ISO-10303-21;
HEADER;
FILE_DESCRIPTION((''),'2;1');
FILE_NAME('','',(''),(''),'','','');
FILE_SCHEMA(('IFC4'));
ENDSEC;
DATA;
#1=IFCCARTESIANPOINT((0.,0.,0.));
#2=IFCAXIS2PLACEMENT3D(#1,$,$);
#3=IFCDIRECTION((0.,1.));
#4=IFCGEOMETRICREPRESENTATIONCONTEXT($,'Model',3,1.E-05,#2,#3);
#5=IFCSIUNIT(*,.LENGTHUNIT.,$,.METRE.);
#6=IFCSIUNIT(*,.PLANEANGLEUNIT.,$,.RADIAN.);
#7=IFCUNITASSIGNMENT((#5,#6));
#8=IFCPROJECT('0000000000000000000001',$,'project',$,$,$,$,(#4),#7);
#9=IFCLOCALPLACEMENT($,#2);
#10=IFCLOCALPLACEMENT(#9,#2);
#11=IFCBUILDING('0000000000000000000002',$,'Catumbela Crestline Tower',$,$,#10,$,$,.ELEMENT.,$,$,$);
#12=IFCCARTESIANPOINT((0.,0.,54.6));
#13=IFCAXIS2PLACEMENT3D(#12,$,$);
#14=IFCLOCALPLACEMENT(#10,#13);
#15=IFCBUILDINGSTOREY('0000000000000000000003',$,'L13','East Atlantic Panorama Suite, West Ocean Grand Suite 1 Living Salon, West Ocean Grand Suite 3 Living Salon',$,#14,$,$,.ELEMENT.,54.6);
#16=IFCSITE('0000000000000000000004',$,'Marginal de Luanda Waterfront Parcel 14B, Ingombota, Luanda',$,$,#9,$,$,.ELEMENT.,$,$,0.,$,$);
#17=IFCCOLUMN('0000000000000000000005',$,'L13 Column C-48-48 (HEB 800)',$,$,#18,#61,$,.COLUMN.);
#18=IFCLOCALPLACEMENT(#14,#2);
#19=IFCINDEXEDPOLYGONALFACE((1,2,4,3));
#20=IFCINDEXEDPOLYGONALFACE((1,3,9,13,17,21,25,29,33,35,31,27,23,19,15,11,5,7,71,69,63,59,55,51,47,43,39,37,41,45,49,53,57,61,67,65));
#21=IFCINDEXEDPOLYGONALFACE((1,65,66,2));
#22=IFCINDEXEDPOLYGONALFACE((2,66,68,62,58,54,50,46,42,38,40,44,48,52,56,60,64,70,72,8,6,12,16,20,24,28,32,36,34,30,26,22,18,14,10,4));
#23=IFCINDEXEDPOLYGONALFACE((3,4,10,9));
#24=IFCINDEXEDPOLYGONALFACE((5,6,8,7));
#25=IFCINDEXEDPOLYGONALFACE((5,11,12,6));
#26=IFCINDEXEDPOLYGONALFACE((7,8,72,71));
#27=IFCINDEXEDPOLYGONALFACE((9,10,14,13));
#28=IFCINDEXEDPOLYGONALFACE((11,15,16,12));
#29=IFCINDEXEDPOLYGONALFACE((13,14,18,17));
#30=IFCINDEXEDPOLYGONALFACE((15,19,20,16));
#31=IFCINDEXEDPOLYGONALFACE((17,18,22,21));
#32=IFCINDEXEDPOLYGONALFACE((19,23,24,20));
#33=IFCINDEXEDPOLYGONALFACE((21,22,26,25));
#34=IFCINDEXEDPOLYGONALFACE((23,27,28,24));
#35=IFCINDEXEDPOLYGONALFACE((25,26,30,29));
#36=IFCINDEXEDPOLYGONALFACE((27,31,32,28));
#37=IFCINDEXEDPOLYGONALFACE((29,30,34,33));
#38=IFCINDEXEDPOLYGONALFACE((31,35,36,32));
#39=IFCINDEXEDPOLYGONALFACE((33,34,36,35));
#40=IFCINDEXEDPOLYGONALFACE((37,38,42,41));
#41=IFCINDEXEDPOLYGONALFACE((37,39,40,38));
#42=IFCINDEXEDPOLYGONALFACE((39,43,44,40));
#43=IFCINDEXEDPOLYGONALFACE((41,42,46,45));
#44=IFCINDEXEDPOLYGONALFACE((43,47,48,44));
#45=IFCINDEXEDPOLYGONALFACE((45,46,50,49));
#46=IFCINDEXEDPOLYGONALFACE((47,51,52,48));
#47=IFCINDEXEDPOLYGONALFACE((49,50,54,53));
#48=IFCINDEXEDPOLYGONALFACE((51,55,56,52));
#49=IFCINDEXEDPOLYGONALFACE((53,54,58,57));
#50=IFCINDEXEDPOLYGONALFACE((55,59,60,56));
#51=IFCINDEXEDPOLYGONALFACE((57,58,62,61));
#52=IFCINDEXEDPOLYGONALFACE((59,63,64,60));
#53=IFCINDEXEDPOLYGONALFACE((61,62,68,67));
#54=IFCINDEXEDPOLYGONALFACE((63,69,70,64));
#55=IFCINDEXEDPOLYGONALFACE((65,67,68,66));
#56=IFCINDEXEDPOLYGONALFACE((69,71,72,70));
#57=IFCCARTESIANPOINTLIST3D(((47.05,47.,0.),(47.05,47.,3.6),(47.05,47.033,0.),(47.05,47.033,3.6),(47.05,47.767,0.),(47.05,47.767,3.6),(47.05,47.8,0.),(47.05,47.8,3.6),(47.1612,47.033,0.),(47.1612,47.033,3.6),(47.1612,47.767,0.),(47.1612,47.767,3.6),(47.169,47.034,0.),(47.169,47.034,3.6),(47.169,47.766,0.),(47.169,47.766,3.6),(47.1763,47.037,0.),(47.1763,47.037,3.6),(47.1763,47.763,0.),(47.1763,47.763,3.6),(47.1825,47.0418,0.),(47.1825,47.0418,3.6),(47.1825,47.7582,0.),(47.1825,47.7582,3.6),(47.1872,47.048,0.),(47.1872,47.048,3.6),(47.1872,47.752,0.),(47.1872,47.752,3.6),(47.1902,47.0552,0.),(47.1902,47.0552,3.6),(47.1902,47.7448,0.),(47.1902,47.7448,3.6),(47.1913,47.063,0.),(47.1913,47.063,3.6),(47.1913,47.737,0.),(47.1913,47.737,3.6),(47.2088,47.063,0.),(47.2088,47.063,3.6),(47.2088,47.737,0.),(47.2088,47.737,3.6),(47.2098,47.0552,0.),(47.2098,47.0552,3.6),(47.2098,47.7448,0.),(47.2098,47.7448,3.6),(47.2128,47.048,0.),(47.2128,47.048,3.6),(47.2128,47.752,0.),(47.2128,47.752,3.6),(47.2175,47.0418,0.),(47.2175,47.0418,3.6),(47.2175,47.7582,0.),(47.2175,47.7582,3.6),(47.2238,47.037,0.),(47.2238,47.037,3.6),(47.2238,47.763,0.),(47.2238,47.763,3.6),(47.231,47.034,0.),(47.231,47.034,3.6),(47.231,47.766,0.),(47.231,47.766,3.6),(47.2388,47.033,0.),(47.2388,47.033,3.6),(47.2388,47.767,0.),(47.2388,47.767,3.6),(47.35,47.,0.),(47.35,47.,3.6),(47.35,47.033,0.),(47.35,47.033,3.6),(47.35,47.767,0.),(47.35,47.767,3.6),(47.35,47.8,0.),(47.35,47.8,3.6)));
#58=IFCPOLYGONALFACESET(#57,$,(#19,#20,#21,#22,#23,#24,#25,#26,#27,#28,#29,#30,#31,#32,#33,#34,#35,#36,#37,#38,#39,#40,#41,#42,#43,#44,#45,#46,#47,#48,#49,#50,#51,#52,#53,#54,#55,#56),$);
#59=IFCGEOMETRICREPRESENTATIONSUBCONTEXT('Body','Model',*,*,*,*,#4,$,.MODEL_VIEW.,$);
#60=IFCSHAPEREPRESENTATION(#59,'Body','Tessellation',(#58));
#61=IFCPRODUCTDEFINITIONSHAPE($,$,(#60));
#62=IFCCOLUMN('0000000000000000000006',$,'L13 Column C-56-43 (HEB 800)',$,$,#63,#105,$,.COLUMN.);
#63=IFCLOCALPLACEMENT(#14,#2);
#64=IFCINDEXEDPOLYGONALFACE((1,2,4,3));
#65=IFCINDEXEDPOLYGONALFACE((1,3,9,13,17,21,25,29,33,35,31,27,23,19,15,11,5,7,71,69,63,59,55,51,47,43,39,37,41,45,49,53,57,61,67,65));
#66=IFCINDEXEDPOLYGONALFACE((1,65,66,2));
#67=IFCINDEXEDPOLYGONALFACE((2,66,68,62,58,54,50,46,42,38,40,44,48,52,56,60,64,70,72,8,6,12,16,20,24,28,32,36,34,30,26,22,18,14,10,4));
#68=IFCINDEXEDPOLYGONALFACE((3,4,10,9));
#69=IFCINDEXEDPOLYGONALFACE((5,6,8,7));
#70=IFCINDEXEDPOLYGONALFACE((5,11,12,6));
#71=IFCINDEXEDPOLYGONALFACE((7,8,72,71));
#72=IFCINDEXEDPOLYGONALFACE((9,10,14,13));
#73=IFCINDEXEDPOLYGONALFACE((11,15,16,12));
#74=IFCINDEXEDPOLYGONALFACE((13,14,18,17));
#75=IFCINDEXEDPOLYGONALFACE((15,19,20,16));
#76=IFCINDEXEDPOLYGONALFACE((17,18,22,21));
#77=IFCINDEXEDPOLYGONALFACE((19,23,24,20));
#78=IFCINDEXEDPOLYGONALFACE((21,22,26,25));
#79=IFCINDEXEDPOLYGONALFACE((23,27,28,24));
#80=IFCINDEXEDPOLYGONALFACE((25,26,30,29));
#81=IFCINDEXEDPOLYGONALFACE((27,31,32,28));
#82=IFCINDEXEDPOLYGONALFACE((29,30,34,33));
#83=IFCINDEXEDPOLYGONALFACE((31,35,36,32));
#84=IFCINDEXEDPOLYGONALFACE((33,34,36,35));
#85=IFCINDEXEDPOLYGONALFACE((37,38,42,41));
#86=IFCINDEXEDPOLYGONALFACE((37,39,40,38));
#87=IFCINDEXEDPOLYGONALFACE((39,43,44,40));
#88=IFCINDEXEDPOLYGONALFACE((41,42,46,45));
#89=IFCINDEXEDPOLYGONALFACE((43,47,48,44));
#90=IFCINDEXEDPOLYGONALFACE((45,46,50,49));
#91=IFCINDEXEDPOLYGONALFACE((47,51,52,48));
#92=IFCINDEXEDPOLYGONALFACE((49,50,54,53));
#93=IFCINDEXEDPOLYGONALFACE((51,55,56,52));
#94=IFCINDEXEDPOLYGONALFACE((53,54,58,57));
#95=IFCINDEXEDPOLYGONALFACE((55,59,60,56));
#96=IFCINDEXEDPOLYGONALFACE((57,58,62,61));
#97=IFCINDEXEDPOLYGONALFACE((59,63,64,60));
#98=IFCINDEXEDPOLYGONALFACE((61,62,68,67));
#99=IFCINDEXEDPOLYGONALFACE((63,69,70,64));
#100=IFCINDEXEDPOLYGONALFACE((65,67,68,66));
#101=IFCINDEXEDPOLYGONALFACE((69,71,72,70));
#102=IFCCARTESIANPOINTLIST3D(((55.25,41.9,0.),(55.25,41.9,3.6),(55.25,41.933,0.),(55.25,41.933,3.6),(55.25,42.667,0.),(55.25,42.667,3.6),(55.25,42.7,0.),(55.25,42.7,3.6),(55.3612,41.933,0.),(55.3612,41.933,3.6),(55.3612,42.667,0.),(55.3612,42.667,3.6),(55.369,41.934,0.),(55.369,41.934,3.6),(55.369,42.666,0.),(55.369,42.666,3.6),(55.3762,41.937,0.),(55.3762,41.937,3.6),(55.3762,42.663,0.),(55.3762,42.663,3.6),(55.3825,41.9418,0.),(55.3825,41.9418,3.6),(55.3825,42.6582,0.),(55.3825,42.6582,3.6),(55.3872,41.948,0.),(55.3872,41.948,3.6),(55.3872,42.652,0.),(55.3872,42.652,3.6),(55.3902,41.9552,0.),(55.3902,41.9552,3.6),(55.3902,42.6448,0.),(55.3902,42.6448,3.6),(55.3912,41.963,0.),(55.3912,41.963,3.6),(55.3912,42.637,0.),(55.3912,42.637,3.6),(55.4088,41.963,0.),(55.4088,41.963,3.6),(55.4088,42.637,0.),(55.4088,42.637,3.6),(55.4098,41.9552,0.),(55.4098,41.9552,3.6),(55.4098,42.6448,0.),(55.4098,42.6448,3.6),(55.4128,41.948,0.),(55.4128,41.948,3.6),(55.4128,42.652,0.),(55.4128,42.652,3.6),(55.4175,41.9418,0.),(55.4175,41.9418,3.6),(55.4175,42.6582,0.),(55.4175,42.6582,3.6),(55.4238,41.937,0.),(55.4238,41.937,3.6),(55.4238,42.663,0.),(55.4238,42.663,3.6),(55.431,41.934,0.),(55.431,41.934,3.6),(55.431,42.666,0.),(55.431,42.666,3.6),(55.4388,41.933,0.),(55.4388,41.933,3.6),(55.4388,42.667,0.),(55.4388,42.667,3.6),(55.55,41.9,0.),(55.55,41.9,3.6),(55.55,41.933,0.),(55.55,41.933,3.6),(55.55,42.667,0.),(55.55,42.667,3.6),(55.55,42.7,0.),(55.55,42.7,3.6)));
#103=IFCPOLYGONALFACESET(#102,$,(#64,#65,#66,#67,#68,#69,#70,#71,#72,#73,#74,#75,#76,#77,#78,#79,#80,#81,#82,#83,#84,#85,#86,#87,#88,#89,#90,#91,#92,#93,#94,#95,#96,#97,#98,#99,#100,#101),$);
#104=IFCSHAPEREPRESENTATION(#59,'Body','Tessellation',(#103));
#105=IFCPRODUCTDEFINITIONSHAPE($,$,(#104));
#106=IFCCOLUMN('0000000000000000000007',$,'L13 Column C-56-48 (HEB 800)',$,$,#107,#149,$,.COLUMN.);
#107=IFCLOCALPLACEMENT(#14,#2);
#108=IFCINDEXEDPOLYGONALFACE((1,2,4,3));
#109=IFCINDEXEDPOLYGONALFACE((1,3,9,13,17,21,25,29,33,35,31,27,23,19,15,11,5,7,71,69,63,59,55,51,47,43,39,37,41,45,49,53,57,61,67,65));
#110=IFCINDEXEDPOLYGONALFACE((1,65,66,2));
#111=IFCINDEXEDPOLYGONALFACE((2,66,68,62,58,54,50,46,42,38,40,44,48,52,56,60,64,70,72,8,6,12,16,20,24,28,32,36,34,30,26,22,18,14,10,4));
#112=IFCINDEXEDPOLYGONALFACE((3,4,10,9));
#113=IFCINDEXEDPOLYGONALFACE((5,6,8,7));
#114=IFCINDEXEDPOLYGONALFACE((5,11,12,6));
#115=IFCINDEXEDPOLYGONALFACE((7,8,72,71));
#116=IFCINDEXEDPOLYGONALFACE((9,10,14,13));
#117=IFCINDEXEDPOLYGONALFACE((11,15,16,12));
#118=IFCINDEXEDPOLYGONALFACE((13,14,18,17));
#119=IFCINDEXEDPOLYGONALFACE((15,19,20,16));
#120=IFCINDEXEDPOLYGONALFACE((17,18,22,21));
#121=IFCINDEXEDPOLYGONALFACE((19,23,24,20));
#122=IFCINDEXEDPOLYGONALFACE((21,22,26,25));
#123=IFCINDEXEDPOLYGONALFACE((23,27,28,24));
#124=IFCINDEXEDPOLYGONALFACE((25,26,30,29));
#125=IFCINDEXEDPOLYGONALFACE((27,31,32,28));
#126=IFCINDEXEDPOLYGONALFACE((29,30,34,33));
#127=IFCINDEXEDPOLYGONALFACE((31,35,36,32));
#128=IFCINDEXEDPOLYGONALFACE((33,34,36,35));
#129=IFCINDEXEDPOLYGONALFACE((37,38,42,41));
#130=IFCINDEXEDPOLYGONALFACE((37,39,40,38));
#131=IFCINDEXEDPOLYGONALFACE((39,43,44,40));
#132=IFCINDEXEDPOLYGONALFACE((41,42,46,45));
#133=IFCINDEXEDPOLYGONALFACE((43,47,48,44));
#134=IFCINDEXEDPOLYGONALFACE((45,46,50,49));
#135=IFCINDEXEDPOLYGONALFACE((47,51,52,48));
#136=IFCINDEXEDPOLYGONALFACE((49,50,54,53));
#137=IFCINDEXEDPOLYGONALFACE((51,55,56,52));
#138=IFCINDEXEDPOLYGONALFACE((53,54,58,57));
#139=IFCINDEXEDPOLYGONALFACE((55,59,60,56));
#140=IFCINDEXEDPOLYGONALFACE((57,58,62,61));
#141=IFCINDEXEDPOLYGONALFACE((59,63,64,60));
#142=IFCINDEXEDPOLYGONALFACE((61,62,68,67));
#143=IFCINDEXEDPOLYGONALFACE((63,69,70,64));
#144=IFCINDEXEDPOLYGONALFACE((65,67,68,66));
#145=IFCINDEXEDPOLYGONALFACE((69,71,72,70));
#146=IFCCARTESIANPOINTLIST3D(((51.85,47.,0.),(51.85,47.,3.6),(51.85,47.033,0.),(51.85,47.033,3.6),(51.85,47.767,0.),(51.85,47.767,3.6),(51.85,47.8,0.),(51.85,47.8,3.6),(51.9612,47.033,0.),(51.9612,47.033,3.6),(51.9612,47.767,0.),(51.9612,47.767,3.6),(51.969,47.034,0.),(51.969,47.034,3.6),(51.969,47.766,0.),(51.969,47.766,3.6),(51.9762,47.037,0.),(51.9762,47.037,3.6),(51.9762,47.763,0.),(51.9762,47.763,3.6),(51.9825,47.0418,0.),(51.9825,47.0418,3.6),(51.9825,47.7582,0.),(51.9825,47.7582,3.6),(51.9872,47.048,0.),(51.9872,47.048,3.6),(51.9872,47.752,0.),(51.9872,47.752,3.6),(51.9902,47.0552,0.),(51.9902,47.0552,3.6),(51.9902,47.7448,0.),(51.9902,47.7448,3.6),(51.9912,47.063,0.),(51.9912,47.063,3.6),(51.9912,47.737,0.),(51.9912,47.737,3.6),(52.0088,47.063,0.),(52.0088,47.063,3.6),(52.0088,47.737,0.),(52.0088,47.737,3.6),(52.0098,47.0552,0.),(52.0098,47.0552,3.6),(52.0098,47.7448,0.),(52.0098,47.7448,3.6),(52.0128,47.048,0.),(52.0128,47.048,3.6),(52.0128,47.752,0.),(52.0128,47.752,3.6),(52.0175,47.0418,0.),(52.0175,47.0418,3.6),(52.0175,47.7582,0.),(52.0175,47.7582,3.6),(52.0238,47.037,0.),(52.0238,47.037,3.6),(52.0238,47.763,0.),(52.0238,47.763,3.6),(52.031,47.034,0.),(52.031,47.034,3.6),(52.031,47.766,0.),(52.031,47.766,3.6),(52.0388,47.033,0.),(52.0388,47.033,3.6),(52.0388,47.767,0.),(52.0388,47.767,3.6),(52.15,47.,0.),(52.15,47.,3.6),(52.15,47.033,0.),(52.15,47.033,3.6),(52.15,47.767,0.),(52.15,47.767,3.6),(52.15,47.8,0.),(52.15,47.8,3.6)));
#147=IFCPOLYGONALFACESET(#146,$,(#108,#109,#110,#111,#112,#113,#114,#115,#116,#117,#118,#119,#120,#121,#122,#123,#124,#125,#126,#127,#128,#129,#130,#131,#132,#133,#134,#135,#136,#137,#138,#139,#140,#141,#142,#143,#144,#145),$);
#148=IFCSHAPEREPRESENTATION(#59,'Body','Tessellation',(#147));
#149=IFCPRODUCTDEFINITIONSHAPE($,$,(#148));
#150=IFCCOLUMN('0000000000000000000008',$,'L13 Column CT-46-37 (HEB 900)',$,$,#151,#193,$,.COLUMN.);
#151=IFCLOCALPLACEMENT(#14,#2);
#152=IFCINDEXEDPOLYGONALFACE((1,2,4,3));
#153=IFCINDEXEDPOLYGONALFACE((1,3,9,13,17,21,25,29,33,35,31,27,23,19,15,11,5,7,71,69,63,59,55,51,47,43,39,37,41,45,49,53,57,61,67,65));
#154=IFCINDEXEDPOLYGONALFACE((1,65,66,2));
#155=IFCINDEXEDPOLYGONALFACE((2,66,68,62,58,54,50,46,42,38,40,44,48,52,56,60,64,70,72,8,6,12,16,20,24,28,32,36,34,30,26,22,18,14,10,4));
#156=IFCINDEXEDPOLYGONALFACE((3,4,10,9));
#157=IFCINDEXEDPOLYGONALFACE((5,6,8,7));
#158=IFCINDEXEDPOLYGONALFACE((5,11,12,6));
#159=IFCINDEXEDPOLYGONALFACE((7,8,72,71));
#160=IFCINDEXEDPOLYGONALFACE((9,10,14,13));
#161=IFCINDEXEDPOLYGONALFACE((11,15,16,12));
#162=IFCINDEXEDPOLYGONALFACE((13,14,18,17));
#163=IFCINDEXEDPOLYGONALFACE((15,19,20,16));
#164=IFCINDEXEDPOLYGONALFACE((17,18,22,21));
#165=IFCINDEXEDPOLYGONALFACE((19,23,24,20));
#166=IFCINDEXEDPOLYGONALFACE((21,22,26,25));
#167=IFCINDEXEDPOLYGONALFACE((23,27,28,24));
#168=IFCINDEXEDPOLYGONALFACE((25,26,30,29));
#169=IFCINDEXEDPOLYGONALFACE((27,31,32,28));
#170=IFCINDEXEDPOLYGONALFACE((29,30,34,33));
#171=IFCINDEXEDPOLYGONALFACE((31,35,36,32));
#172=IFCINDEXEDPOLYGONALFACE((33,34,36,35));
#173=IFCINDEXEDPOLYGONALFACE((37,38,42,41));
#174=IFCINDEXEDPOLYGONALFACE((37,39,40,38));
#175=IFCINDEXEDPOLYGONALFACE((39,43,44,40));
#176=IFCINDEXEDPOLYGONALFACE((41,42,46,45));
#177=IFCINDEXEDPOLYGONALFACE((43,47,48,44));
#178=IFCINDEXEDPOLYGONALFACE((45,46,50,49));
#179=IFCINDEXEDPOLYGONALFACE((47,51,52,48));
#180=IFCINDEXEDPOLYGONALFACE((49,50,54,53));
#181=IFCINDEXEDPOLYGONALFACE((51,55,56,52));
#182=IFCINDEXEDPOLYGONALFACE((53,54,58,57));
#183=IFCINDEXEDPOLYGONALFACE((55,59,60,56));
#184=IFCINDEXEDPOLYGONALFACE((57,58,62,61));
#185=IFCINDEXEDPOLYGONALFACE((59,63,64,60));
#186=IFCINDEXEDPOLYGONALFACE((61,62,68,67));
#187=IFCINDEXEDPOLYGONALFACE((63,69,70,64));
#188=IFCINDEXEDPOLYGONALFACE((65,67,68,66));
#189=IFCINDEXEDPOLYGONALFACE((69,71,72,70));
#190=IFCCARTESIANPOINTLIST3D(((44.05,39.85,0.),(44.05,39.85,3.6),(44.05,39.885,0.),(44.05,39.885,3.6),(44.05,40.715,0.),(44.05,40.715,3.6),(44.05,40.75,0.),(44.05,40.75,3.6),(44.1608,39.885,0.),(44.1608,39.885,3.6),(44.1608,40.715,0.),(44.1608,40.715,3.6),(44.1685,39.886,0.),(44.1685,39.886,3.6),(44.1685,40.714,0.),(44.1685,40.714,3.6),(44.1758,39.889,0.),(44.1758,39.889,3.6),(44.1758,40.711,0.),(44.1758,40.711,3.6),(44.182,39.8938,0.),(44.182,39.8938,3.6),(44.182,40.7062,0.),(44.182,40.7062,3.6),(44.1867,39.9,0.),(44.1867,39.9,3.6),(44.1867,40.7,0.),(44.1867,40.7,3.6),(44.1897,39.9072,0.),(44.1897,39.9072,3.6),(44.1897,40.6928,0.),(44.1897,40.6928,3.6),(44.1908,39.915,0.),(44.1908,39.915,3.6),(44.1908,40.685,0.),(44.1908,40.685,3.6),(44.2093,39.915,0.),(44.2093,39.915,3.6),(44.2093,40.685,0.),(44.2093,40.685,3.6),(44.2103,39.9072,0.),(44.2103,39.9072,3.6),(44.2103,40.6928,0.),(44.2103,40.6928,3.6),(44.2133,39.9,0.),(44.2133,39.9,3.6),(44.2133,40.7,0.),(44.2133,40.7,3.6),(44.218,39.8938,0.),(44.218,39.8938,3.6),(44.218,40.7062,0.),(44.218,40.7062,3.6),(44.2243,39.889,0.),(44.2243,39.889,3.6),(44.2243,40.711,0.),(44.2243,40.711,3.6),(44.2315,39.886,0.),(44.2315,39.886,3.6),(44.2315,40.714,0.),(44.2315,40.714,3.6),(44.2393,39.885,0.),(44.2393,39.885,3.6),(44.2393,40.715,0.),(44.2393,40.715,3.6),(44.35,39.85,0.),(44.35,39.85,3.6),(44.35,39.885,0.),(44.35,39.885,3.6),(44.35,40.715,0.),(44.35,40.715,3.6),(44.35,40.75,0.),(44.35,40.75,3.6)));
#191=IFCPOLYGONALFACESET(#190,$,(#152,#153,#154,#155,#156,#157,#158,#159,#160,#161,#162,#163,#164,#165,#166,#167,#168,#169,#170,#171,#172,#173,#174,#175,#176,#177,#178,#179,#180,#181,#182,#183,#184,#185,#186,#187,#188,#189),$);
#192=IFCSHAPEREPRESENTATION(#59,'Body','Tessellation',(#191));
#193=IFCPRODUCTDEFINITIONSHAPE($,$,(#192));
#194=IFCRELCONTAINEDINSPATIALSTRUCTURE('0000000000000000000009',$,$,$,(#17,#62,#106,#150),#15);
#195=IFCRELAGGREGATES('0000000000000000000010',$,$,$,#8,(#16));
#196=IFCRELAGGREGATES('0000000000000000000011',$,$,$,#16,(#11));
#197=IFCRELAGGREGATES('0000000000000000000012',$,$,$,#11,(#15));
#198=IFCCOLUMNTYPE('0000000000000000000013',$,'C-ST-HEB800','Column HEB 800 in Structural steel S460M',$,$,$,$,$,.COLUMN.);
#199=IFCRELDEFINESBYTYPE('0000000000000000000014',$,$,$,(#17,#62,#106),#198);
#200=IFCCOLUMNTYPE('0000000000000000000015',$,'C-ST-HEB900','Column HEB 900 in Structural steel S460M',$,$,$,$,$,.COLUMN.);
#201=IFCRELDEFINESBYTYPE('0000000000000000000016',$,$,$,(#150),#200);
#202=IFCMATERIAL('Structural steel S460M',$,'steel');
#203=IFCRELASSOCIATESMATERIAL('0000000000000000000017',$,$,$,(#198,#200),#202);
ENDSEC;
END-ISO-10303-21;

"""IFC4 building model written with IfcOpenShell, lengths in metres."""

from ifc_helpers import new_model, si_unit, direction, frame, origin, origin_2d, place, context, subcontext, project, spatial, i_section, extrude, material, material_profile, profile_set, type_object, element, save


model = new_model("IFC4")

# Units and contexts
model_context = context("Model", 3, precision=1e-05, world=origin(), true_north=direction((0.0, 1.0)))
body_context = subcontext(model_context, "Body", "Model", "MODEL_VIEW")
ifc_project = project(units=[si_unit("LENGTHUNIT", "METRE"), si_unit("PLANEANGLEUNIT", "RADIAN")], contexts=[model_context])

# Site, building, storey
site_placement = place(None, origin())
site = spatial("IfcSite", under=ifc_project, at=site_placement, Name="Marginal de Luanda Waterfront Parcel 14B, Ingombota, Luanda", CompositionType="ELEMENT", RefElevation=0.0)
building_placement = place(site_placement, origin())
building = spatial("IfcBuilding", under=site, at=building_placement, Name="Catumbela Crestline Tower", CompositionType="ELEMENT")
storey_placement = place(building_placement, frame((0.0, 0.0, 54.6)))
storey = spatial("IfcBuildingStorey", under=building, at=storey_placement, Name="L13", Description="East Atlantic Panorama Suite, West Ocean Grand Suite 1 Living Salon, West Ocean Grand Suite 3 Living Salon", CompositionType="ELEMENT", Elevation=54.6)

# Columns
ifc_material_1 = material(Name="Structural steel S460M", Category="steel")
ifc_material_profile_1 = material_profile(ifc_material_1, i_section(OverallWidth=0.3, OverallDepth=0.8, WebThickness=0.0175, FlangeThickness=0.033, FilletRadius=0.03, at=origin_2d()), Name="HEB 800")
ifc_profile_set_1 = profile_set([ifc_material_profile_1], Name="Structural steel S460M")
column_type_1 = type_object("IfcColumnType", Name="C-ST-HEB800", Description="Column HEB 800 in Structural steel S460M", PredefinedType="COLUMN", material=ifc_profile_set_1)
for number, where, z_axis, x_axis, name in (
    (1, (47.2, 47.4, 0.0), (0.0, 0.0, 1.0), (1.0, 0.0, 0.0), "L13 Column C-48-48 (HEB 800)"),
    (2, (55.4, 42.3, 0.0), (0.0, 0.0, 1.0), (1.0, 0.0, 0.0), "L13 Column C-56-43 (HEB 800)"),
    (3, (52.0, 47.4, 0.0), (0.0, 0.0, 1.0), (1.0, 0.0, 0.0), "L13 Column C-56-48 (HEB 800)"),
):
    element("IfcColumn", number, at=place(storey_placement, frame(where, z_axis=z_axis, x_axis=x_axis)), inside=storey, type_object=column_type_1, Name=name, PredefinedType="COLUMN", context=body_context, shape_type="SweptSolid", body=[
        extrude(i_section(OverallWidth=0.3, OverallDepth=0.8, WebThickness=0.0175, FlangeThickness=0.033, FilletRadius=0.03, at=origin_2d()), origin(), (0.0, 0.0, 1.0), 3.6),
    ])
ifc_material_profile_2 = material_profile(ifc_material_1, i_section(OverallWidth=0.3, OverallDepth=0.9, WebThickness=0.0185, FlangeThickness=0.035, FilletRadius=0.03, at=origin_2d()), Name="HEB 900")
ifc_profile_set_2 = profile_set([ifc_material_profile_2], Name="Structural steel S460M")
column_type_2 = type_object("IfcColumnType", Name="C-ST-HEB900", Description="Column HEB 900 in Structural steel S460M", PredefinedType="COLUMN", material=ifc_profile_set_2)
column_placement = place(storey_placement, frame((44.2, 40.3, 0.0), z_axis=(0.0, 0.0, 1.0), x_axis=(1.0, 0.0, 0.0)))
element("IfcColumn", 4, at=column_placement, inside=storey, type_object=column_type_2, Name="L13 Column CT-46-37 (HEB 900)", PredefinedType="COLUMN", context=body_context, shape_type="SweptSolid", body=[
    extrude(i_section(OverallWidth=0.3, OverallDepth=0.9, WebThickness=0.0185, FlangeThickness=0.035, FilletRadius=0.03, at=origin_2d()), origin(), (0.0, 0.0, 1.0), 3.6),
])

save(model, "model.ifc")
